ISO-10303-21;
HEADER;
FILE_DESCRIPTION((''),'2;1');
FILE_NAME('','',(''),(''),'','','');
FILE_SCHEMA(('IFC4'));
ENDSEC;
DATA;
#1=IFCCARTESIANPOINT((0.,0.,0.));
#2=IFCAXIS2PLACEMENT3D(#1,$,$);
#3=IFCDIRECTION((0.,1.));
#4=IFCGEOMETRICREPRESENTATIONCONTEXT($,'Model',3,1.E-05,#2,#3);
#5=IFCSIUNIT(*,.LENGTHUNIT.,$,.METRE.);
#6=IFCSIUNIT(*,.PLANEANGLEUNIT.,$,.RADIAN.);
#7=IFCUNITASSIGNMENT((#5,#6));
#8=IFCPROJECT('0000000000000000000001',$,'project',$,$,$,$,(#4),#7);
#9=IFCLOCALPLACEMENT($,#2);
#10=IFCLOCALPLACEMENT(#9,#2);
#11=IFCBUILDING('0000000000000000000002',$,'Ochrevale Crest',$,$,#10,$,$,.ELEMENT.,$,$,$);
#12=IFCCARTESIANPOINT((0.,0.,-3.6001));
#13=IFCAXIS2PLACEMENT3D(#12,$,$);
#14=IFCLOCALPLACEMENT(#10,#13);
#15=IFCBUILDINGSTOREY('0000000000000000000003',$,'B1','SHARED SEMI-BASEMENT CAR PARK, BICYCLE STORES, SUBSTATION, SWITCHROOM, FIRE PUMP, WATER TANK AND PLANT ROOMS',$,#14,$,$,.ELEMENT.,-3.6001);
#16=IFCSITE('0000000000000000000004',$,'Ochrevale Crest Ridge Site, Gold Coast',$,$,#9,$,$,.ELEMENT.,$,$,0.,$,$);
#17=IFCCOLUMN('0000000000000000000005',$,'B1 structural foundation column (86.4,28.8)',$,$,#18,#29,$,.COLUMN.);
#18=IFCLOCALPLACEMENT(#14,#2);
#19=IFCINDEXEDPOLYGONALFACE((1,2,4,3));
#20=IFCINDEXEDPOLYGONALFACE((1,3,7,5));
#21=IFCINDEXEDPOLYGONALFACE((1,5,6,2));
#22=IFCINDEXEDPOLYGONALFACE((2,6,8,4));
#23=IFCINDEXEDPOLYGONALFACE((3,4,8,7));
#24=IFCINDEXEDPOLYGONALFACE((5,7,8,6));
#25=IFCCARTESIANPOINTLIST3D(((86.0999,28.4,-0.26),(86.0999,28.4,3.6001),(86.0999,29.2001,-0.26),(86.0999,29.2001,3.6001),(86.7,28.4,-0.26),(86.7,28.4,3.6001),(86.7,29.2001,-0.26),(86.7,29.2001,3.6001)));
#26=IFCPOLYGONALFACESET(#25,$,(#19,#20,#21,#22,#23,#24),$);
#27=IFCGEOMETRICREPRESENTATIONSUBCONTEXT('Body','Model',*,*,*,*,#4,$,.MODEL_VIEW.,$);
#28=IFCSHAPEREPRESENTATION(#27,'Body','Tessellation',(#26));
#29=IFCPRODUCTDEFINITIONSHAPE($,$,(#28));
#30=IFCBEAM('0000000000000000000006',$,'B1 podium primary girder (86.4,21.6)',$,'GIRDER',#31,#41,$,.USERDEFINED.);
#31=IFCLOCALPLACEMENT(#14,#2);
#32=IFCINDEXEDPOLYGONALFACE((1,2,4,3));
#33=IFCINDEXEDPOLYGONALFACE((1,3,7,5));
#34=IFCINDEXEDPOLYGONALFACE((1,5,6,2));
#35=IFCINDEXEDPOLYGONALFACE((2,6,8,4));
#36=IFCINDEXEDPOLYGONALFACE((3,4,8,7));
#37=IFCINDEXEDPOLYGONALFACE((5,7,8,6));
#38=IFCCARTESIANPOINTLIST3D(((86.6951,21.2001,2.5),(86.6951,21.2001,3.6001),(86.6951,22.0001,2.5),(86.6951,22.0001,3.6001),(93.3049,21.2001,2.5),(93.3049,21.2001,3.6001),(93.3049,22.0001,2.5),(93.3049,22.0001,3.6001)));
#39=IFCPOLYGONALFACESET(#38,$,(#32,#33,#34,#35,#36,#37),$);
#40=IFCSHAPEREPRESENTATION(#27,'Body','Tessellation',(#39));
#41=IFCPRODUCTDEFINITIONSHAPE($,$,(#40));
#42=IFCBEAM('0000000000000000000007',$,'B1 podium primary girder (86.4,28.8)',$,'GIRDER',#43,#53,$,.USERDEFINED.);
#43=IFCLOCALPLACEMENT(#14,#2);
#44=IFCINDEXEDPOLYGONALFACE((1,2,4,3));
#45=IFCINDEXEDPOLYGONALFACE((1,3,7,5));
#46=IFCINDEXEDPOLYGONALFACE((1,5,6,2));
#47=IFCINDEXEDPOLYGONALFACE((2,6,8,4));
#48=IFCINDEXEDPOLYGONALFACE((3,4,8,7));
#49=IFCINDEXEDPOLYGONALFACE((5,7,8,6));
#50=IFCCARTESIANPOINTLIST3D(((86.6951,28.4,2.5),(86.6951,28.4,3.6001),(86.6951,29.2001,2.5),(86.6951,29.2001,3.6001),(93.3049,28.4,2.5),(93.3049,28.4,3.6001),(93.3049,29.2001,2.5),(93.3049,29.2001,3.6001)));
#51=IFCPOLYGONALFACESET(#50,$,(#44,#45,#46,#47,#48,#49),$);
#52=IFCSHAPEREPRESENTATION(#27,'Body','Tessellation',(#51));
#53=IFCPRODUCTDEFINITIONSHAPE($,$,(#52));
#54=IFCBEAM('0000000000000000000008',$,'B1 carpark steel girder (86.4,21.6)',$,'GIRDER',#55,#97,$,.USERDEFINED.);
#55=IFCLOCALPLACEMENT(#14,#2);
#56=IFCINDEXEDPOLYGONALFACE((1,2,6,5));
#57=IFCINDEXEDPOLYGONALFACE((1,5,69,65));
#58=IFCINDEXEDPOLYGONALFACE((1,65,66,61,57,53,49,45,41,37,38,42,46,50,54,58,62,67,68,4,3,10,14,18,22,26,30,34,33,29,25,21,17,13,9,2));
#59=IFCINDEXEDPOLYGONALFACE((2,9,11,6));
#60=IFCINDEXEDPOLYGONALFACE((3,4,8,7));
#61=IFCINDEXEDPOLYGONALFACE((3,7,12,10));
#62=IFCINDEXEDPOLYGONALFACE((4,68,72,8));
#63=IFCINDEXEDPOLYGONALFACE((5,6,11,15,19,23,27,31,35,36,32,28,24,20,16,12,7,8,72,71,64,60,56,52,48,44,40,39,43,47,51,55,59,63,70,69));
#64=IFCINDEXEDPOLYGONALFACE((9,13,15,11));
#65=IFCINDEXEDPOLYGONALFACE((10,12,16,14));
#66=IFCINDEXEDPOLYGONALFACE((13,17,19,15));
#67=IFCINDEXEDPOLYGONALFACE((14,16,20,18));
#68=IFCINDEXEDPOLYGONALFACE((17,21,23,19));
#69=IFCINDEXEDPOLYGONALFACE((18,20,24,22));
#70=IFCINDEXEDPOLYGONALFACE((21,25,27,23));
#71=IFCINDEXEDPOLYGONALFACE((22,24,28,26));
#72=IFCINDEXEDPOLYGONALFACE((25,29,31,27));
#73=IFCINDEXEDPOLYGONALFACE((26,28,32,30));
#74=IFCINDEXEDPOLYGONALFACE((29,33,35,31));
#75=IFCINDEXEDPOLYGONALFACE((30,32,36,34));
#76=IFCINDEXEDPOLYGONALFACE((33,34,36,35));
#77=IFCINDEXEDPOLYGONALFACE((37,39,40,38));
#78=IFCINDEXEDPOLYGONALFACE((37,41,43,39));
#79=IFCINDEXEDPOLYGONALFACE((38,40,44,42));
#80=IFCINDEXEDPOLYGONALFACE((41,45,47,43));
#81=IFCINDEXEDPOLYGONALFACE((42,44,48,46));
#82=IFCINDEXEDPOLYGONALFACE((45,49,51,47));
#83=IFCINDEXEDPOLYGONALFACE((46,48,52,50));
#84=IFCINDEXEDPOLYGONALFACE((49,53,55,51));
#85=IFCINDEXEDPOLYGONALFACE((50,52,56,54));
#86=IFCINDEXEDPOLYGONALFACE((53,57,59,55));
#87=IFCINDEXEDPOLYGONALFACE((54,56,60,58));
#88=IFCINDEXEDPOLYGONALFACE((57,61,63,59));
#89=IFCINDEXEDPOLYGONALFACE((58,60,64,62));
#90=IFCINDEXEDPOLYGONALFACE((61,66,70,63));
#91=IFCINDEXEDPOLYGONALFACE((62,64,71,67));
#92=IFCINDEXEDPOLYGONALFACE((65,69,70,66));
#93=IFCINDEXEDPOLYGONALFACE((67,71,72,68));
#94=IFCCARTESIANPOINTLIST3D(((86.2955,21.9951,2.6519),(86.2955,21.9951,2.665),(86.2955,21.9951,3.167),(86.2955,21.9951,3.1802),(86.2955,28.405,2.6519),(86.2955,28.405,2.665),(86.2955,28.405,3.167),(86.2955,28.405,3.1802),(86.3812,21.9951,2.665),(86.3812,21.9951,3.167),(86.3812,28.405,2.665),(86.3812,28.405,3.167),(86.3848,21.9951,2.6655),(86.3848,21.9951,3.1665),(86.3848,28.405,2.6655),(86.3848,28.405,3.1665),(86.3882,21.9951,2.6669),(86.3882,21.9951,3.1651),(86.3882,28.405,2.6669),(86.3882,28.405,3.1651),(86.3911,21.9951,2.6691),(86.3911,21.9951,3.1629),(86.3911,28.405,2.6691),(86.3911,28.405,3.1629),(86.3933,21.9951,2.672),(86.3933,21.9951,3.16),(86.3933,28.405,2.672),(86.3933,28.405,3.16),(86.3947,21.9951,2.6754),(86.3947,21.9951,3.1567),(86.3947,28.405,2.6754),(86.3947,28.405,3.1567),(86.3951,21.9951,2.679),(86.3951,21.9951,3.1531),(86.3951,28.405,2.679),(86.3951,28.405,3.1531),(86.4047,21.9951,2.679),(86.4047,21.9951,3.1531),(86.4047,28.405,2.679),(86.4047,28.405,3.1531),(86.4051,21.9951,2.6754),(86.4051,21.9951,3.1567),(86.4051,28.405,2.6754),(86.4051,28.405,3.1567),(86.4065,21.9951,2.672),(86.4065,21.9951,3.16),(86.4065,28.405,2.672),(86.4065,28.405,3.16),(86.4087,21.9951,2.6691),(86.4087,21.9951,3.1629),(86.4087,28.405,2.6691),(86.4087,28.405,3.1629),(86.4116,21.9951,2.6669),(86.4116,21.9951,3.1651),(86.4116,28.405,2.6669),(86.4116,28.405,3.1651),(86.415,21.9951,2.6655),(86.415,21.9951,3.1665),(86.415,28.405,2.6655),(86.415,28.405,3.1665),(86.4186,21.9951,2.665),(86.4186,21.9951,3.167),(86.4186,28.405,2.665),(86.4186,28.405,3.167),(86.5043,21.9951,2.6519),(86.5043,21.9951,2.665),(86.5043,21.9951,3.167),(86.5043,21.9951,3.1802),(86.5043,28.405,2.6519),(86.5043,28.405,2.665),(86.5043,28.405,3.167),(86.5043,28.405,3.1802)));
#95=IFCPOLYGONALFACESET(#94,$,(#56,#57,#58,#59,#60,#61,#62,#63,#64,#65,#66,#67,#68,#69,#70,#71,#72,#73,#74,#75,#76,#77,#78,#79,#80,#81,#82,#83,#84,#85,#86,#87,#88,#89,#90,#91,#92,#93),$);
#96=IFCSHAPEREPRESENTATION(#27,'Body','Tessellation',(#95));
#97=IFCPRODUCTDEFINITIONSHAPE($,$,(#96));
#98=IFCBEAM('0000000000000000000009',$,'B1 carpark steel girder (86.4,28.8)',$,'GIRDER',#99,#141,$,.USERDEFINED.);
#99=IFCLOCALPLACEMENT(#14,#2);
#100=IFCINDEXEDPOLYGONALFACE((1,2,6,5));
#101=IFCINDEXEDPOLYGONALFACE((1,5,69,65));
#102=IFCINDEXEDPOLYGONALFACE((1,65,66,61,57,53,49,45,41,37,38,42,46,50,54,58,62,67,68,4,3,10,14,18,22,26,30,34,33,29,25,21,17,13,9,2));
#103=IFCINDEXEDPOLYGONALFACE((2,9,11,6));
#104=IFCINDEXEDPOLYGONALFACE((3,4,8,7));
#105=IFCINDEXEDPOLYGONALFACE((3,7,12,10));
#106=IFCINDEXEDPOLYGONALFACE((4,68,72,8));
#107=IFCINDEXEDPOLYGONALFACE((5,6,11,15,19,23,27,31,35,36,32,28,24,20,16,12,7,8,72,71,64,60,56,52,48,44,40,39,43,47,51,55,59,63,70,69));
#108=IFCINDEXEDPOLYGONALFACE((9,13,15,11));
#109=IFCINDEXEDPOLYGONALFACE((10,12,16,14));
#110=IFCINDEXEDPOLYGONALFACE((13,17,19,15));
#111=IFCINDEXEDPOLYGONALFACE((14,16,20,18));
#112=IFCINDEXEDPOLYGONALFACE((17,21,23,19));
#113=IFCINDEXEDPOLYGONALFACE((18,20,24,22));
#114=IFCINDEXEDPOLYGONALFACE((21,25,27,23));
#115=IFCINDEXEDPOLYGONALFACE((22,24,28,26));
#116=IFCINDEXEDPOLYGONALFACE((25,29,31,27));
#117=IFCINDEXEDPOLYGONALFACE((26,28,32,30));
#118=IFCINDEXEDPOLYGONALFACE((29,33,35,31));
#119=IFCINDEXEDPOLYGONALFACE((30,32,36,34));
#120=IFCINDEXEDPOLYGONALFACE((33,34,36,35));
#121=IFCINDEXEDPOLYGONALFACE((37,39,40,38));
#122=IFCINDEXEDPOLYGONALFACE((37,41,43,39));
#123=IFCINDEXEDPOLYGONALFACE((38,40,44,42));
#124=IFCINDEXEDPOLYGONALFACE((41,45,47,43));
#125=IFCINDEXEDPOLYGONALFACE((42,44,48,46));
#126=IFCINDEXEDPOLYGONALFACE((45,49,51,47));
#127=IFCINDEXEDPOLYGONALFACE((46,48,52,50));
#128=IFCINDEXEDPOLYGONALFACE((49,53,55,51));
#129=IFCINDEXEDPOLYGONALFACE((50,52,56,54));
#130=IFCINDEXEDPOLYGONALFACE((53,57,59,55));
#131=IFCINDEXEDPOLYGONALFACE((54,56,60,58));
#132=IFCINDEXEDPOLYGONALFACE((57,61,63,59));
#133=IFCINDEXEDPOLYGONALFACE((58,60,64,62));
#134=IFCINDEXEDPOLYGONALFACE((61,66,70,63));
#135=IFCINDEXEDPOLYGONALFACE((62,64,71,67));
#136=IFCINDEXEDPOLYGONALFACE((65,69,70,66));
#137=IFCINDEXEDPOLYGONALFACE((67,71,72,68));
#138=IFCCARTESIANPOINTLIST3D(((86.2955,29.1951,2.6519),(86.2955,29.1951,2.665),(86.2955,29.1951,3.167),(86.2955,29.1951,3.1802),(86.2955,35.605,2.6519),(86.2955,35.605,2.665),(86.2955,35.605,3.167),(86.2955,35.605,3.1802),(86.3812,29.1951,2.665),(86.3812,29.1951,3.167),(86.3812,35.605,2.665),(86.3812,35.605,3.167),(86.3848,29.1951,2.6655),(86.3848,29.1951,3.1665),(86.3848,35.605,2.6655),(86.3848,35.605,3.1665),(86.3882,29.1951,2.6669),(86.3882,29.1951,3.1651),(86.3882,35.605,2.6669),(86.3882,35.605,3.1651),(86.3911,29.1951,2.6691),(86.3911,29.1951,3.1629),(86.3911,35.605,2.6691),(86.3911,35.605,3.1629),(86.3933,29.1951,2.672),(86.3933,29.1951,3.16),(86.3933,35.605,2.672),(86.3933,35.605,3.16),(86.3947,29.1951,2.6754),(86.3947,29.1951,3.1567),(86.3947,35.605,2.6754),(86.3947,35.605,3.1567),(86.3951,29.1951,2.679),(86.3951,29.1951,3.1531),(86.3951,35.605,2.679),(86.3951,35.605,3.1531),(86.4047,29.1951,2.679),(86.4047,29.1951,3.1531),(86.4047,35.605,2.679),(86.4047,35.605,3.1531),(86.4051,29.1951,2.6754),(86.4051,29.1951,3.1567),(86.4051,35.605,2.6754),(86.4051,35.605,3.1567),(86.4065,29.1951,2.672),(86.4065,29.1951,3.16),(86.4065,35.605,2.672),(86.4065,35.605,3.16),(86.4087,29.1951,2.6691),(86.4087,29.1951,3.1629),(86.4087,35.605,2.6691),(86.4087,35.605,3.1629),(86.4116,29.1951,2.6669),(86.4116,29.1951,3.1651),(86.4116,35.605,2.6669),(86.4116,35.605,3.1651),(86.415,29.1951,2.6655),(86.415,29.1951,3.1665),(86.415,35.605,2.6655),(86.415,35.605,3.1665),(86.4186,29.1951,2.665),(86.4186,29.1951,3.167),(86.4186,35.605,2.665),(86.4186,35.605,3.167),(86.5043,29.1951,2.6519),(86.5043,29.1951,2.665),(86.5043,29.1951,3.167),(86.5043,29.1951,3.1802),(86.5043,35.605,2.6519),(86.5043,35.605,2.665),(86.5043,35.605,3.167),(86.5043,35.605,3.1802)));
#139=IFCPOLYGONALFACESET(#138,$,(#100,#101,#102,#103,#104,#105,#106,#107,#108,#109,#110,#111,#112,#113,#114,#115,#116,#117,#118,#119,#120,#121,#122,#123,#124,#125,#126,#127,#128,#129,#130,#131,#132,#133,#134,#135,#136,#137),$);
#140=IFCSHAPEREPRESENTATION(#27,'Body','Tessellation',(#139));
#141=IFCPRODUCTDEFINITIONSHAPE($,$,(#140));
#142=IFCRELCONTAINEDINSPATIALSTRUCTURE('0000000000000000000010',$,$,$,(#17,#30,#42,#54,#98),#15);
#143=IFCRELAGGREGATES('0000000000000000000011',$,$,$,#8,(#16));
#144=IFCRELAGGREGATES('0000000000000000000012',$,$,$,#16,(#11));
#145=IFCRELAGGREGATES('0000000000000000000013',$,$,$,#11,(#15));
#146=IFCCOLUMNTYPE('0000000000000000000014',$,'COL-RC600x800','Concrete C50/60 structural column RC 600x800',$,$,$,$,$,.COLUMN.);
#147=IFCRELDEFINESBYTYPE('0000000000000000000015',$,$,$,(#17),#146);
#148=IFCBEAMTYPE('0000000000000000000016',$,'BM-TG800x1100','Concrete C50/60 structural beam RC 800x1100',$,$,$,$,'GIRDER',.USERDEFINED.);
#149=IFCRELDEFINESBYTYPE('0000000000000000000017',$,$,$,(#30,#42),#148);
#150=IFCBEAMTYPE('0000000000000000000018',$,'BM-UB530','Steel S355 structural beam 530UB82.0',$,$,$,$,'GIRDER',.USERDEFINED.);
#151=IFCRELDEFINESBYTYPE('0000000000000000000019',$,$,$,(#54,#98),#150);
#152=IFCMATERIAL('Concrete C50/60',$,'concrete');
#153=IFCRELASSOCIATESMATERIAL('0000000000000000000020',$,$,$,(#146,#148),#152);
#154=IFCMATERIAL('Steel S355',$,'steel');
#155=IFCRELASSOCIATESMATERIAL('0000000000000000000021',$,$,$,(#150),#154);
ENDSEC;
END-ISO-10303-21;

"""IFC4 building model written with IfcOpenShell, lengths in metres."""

from ifc_helpers import new_model, si_unit, direction, frame, origin, origin_2d, place, context, subcontext, project, spatial, rectangle, i_section, extrude, material, material_profile, profile_set, type_object, element, save


model = new_model("IFC4")

# Units and contexts
model_context = context("Model", 3, precision=1e-05, world=origin(), true_north=direction((0.0, 1.0)))
body_context = subcontext(model_context, "Body", "Model", "MODEL_VIEW")
ifc_project = project(units=[si_unit("LENGTHUNIT", "METRE"), si_unit("PLANEANGLEUNIT", "RADIAN")], contexts=[model_context])

# Site, building, storey
site_placement = place(None, origin())
site = spatial("IfcSite", under=ifc_project, at=site_placement, Name="Ochrevale Crest Ridge Site, Gold Coast", CompositionType="ELEMENT", RefElevation=0.0)
building_placement = place(site_placement, origin())
building = spatial("IfcBuilding", under=site, at=building_placement, Name="Ochrevale Crest", CompositionType="ELEMENT")
storey_placement = place(building_placement, frame((0.0, 0.0, -3.6001)))
storey = spatial("IfcBuildingStorey", under=building, at=storey_placement, Name="B1", Description="SHARED SEMI-BASEMENT CAR PARK, BICYCLE STORES, SUBSTATION, SWITCHROOM, FIRE PUMP, WATER TANK AND PLANT ROOMS", CompositionType="ELEMENT", Elevation=-3.6001)

# Column
ifc_material_1 = material(Name="Concrete C50/60", Category="concrete")
ifc_material_profile_1 = material_profile(ifc_material_1, rectangle(XDim=0.6001, YDim=0.8, at=origin_2d()), Name="RC 600x800")
ifc_profile_set_1 = profile_set([ifc_material_profile_1], Name="Concrete C50/60")
column_type = type_object("IfcColumnType", Name="COL-RC600x800", Description="Concrete C50/60 structural column RC 600x800", PredefinedType="COLUMN", material=ifc_profile_set_1)
for number, where, z_axis, x_axis, name in (
    (1, (86.3999, 28.8, -0.26), (0.0, 0.0, 1.0), (1.0, 0.0, 0.0), "B1 structural foundation column (86.4,28.8)"),
):
    element("IfcColumn", number, at=place(storey_placement, frame(where, z_axis=z_axis, x_axis=x_axis)), inside=storey, type_object=column_type, Name=name, PredefinedType="COLUMN", context=body_context, shape_type="SweptSolid", body=[
        extrude(rectangle(XDim=0.6001, YDim=0.8, at=origin_2d()), origin(), (0.0, 0.0, 1.0), 3.8601),
    ])

# Beams
ifc_material_profile_2 = material_profile(ifc_material_1, rectangle(XDim=0.8, YDim=1.1001, at=origin_2d()), Name="RC 800x1100")
ifc_profile_set_2 = profile_set([ifc_material_profile_2], Name="Concrete C50/60")
beam_type_1 = type_object("IfcBeamType", Name="BM-TG800x1100", Description="Concrete C50/60 structural beam RC 800x1100", ElementType="GIRDER", PredefinedType="USERDEFINED", material=ifc_profile_set_2)
for number, where, z_axis, x_axis, name in (
    (2, (86.6951, 21.6001, 3.05), (1.0, 0.0, 0.0), (0.0, 1.0, 0.0), "B1 podium primary girder (86.4,21.6)"),
    (3, (86.6951, 28.8, 3.05), (1.0, 0.0, 0.0), (0.0, 1.0, 0.0), "B1 podium primary girder (86.4,28.8)"),
):
    element("IfcBeam", number, at=place(storey_placement, frame(where, z_axis=z_axis, x_axis=x_axis)), inside=storey, type_object=beam_type_1, Name=name, ObjectType="GIRDER", PredefinedType="USERDEFINED", context=body_context, shape_type="SweptSolid", body=[
        extrude(rectangle(XDim=0.8, YDim=1.1001, at=origin_2d()), origin(), (0.0, 0.0, 1.0), 6.6099),
    ])
ifc_material_2 = material(Name="Steel S355", Category="steel")
ifc_material_profile_3 = material_profile(ifc_material_2, i_section(OverallWidth=0.2087, OverallDepth=0.5283, WebThickness=0.0095, FlangeThickness=0.0132, FilletRadius=0.0139, at=origin_2d()), Name="530UB82.0")
ifc_profile_set_3 = profile_set([ifc_material_profile_3], Name="Steel S355")
beam_type_2 = type_object("IfcBeamType", Name="BM-UB530", Description="Steel S355 structural beam 530UB82.0", ElementType="GIRDER", PredefinedType="USERDEFINED", material=ifc_profile_set_3)
for number, where, z_axis, x_axis, name in (
    (4, (86.3999, 21.9951, 2.916), (0.0, 1.0, 0.0), (-1.0, 0.0, 0.0), "B1 carpark steel girder (86.4,21.6)"),
    (5, (86.3999, 29.1951, 2.916), (0.0, 1.0, 0.0), (-1.0, 0.0, 0.0), "B1 carpark steel girder (86.4,28.8)"),
):
    element("IfcBeam", number, at=place(storey_placement, frame(where, z_axis=z_axis, x_axis=x_axis)), inside=storey, type_object=beam_type_2, Name=name, ObjectType="GIRDER", PredefinedType="USERDEFINED", context=body_context, shape_type="SweptSolid", body=[
        extrude(i_section(OverallWidth=0.2087, OverallDepth=0.5283, WebThickness=0.0095, FlangeThickness=0.0132, FilletRadius=0.0139, at=origin_2d()), origin(), (0.0, 0.0, 1.0), 6.4099),
    ])

save(model, "model.ifc")
